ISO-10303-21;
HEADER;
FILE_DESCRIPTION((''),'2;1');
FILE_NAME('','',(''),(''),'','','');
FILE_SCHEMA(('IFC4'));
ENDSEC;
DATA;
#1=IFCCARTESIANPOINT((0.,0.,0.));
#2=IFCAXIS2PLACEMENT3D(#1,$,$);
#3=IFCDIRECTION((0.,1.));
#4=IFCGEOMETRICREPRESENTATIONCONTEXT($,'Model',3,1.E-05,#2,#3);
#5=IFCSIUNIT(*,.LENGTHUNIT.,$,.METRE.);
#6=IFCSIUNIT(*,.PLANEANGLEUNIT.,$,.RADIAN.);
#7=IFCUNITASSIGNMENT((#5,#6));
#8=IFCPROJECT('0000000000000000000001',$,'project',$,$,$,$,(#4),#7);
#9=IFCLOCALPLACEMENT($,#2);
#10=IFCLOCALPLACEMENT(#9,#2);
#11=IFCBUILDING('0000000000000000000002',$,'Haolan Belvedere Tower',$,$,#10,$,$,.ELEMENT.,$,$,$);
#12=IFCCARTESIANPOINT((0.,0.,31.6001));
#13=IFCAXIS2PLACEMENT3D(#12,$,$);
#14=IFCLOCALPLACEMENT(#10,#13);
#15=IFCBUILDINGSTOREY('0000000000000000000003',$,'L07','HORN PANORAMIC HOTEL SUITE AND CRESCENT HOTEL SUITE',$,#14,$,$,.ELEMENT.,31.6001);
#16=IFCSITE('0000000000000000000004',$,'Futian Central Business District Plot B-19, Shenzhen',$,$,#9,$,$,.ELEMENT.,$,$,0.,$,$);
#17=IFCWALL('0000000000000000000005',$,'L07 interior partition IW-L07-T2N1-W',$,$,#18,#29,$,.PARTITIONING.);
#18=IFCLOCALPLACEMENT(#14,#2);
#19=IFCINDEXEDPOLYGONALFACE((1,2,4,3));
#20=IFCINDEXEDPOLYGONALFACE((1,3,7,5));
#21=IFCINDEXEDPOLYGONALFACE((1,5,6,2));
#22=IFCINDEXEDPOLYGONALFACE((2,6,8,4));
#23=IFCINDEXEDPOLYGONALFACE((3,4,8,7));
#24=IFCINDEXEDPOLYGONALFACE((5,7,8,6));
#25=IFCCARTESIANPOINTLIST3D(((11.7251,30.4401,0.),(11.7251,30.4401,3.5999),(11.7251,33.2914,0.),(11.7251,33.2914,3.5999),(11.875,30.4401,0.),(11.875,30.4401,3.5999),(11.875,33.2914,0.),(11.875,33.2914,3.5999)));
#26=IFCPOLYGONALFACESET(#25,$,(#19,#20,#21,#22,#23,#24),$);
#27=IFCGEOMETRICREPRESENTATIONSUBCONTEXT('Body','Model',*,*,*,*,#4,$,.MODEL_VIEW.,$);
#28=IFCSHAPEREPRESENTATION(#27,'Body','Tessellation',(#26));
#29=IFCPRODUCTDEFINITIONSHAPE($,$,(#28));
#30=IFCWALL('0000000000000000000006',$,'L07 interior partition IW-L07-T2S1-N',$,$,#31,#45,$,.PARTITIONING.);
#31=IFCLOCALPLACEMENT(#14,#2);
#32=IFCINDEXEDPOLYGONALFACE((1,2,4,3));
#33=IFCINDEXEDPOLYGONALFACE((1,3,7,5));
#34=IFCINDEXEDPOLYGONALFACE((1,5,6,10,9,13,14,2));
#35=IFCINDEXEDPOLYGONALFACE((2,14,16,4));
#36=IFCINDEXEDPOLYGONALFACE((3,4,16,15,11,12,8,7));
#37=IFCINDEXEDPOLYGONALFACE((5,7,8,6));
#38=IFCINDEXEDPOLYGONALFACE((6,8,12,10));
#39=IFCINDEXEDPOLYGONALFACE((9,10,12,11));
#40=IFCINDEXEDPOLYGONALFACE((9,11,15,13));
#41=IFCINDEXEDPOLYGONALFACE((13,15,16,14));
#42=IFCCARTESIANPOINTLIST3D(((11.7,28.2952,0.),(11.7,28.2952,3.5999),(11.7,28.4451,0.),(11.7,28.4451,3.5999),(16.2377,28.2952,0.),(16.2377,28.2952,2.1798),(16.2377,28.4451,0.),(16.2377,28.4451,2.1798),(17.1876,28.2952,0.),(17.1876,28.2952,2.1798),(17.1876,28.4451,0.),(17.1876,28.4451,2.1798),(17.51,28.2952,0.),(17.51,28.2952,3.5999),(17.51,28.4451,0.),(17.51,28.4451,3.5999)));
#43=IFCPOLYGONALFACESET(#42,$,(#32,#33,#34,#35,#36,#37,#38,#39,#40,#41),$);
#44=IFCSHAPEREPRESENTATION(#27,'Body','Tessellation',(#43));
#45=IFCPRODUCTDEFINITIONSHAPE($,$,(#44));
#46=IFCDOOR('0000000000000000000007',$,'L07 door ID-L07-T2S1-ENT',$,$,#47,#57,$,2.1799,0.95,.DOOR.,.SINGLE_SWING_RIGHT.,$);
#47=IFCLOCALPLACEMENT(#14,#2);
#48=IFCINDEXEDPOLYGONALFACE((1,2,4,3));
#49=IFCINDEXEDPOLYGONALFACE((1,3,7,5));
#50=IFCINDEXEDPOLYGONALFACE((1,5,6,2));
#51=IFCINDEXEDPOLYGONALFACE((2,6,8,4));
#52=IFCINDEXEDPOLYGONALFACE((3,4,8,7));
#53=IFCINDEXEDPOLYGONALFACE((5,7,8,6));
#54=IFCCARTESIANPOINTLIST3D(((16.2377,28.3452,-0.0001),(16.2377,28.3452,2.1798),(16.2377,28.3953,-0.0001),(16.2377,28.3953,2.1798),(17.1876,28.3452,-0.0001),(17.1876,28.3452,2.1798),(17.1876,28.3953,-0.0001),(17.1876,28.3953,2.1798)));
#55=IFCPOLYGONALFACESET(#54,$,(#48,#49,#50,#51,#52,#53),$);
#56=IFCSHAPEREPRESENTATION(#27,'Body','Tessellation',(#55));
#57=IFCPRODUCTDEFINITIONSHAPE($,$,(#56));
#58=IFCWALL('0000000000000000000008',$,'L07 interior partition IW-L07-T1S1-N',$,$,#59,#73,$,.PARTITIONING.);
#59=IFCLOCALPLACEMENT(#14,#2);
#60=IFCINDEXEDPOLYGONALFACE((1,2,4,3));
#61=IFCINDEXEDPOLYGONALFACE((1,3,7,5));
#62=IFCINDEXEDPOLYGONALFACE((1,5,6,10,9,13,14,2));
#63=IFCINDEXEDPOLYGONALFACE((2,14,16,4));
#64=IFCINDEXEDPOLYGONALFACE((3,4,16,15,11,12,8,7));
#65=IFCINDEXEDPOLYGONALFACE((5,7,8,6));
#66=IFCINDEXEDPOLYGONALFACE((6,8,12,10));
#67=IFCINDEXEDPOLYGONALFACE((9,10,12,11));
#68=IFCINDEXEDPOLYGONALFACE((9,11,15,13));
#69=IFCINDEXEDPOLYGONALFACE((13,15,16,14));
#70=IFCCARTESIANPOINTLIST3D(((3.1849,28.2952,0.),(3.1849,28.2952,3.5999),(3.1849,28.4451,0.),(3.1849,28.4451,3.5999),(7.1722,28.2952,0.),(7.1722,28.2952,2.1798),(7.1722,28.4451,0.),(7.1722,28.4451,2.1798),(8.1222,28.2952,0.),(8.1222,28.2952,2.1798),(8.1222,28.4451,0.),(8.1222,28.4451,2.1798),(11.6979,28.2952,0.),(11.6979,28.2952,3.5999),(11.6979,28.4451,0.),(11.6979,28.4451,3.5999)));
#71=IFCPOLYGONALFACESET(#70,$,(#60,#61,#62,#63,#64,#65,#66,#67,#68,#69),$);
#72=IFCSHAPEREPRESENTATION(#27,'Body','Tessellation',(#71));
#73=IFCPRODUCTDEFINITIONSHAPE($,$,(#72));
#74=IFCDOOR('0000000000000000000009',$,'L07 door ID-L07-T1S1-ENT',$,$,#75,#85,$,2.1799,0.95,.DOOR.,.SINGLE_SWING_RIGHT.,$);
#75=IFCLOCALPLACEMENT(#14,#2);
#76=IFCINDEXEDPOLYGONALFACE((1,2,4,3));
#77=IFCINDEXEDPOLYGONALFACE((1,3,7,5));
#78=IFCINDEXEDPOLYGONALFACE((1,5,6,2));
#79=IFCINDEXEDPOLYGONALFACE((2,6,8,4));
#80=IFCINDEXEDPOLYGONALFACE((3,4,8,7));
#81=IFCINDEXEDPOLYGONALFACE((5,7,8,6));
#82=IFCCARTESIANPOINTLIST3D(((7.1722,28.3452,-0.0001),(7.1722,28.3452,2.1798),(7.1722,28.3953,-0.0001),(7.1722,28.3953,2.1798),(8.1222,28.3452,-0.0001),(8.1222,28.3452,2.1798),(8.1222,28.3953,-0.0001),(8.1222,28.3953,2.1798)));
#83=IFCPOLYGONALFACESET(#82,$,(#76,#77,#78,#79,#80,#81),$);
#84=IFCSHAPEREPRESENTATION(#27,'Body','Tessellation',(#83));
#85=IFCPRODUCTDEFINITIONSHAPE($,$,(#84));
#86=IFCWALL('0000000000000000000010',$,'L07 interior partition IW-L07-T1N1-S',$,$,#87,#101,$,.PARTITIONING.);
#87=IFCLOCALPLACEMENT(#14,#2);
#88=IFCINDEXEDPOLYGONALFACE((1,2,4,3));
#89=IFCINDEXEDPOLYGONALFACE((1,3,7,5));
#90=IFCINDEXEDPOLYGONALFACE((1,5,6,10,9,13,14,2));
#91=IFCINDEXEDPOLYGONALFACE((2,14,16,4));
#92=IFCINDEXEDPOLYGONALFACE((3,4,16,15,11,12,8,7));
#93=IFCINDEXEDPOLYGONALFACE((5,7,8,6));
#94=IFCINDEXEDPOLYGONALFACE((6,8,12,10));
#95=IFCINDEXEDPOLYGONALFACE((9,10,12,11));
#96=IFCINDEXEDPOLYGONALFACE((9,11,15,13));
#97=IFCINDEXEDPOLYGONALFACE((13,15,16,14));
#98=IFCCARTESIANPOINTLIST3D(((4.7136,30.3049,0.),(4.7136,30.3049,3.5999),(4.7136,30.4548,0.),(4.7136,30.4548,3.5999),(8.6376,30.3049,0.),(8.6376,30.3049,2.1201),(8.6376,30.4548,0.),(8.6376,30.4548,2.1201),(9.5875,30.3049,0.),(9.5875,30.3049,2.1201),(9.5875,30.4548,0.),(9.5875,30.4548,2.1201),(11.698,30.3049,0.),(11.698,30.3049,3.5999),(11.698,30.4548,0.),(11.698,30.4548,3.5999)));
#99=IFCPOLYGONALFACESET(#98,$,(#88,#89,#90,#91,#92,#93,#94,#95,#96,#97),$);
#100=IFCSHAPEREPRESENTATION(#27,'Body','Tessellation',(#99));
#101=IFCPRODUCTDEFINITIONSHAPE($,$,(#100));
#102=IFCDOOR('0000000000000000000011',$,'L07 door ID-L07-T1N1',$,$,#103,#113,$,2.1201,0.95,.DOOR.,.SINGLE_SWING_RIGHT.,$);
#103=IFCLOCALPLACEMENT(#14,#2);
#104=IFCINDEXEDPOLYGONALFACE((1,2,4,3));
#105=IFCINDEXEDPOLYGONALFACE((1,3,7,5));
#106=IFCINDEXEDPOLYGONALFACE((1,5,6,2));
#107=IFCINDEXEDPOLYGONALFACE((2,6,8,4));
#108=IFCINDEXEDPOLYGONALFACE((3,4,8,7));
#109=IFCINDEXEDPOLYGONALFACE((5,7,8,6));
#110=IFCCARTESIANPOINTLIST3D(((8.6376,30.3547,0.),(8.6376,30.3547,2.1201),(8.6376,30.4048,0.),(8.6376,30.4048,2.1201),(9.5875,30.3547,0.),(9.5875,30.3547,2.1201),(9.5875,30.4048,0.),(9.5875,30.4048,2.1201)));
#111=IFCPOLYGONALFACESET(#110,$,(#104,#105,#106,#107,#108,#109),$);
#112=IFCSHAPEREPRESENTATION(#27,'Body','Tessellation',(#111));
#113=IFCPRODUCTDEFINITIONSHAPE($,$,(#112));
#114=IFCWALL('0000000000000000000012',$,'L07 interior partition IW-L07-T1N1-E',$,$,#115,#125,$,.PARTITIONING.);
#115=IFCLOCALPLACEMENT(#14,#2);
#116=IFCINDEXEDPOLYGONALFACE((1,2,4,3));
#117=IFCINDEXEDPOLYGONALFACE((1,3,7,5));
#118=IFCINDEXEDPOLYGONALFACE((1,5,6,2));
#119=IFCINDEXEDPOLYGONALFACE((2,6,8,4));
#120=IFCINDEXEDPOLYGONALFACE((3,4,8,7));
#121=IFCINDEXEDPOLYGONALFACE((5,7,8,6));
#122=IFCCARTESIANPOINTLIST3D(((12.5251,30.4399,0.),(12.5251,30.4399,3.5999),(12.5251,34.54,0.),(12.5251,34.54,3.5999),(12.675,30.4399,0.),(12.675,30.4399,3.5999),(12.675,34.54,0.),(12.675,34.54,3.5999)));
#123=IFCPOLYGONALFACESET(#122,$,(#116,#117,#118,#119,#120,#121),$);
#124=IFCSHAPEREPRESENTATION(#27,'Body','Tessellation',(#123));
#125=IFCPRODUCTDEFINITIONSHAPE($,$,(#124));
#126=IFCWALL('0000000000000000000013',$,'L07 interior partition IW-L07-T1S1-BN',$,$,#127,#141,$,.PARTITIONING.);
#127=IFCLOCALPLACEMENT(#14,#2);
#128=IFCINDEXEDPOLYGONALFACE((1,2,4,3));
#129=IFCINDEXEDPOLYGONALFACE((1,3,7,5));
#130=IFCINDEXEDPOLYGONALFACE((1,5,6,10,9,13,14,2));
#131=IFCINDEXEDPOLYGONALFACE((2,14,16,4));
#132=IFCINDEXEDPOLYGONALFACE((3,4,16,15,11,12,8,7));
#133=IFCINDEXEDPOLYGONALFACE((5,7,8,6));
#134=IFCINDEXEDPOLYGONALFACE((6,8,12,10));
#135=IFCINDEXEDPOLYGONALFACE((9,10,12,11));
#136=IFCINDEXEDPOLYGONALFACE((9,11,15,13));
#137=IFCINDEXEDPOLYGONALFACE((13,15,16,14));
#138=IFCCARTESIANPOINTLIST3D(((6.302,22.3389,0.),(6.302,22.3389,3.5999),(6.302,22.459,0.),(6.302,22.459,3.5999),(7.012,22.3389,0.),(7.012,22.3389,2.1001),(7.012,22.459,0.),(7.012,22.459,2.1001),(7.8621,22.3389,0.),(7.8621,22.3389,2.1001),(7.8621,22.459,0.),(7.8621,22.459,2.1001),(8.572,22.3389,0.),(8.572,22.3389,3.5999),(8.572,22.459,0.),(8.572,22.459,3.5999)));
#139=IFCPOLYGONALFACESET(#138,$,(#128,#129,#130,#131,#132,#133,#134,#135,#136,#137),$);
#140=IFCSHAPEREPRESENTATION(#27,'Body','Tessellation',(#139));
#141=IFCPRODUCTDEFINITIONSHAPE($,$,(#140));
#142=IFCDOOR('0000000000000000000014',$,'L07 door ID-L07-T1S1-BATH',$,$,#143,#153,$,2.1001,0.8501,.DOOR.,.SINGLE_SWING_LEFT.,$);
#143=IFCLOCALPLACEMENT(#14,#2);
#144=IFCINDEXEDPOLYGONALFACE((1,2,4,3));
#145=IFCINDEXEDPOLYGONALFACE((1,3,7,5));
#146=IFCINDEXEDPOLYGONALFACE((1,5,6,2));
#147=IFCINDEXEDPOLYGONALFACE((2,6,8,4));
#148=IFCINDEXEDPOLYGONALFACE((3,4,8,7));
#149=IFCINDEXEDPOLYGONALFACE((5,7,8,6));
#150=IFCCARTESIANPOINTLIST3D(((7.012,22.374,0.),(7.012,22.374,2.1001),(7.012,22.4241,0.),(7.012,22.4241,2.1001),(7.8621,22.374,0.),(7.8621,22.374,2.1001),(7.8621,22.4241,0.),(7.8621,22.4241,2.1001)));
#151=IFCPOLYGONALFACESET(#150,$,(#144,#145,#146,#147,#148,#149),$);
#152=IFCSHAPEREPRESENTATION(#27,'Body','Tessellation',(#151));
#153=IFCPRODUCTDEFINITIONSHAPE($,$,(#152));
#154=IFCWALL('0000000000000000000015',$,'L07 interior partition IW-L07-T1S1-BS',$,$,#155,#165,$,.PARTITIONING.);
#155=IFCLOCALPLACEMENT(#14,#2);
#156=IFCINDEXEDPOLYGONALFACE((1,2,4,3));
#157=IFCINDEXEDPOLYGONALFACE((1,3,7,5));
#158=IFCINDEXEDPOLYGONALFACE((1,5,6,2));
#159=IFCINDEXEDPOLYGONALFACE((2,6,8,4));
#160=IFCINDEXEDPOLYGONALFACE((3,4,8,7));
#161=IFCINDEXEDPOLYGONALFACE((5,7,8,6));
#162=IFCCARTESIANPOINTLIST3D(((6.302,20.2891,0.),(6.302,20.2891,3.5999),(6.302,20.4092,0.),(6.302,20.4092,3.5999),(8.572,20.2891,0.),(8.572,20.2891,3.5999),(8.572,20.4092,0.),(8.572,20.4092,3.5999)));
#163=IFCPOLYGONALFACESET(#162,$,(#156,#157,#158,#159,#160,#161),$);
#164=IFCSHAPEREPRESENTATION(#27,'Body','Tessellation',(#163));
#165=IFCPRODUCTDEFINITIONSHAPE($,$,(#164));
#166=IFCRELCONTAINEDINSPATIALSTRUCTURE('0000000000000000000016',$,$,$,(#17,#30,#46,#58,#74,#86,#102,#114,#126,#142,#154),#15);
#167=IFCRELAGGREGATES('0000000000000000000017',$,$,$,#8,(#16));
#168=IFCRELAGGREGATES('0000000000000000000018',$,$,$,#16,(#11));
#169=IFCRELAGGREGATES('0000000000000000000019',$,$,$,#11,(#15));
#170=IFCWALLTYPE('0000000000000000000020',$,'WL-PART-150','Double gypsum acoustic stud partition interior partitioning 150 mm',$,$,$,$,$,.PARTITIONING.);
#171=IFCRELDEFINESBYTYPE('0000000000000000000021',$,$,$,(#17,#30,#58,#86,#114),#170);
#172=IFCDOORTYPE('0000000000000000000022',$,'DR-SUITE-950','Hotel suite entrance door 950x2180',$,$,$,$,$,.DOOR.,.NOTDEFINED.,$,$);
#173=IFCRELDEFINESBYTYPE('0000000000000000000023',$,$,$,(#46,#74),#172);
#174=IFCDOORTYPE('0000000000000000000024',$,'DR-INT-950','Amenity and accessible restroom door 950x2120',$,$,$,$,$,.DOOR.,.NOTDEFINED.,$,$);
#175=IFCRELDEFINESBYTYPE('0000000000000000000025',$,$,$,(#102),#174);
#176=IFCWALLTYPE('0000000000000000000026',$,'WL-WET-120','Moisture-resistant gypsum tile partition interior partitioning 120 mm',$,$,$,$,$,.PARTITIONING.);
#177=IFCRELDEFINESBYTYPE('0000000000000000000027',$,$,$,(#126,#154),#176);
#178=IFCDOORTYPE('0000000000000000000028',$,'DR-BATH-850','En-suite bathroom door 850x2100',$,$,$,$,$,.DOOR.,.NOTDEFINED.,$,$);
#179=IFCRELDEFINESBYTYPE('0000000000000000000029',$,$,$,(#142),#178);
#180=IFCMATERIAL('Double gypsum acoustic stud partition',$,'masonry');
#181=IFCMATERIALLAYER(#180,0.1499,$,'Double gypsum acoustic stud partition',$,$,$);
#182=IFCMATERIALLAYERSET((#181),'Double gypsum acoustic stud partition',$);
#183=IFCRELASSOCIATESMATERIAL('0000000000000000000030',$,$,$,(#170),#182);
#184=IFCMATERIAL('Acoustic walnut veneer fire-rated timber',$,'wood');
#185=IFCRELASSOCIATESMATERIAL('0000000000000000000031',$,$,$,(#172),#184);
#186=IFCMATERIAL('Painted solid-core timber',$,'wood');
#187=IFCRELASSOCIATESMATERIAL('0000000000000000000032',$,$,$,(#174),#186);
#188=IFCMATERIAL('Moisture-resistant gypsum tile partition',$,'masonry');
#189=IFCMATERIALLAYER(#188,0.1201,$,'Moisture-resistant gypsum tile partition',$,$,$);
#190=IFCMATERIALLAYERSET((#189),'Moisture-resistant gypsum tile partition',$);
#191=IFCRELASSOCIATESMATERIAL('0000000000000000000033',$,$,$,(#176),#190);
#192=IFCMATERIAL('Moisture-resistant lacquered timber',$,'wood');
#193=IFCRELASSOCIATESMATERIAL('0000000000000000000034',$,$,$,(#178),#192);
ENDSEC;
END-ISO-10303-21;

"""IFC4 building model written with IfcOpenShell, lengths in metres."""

from ifc_helpers import new_model, si_unit, direction, frame, frame_2d, origin, place, context, subcontext, project, spatial, rectangle, extrude, material, layer, layer_set, type_object, element, fill, save


model = new_model("IFC4")

# Units and contexts
model_context = context("Model", 3, precision=1e-05, world=origin(), true_north=direction((0.0, 1.0)))
body_context = subcontext(model_context, "Body", "Model", "MODEL_VIEW")
ifc_project = project(units=[si_unit("LENGTHUNIT", "METRE"), si_unit("PLANEANGLEUNIT", "RADIAN")], contexts=[model_context])

# Site, building, storey
site_placement = place(None, origin())
site = spatial("IfcSite", under=ifc_project, at=site_placement, Name="Futian Central Business District Plot B-19, Shenzhen", CompositionType="ELEMENT", RefElevation=0.0)
building_placement = place(site_placement, origin())
building = spatial("IfcBuilding", under=site, at=building_placement, Name="Haolan Belvedere Tower", CompositionType="ELEMENT")
storey_placement = place(building_placement, frame((0.0, 0.0, 31.6001)))
storey = spatial("IfcBuildingStorey", under=building, at=storey_placement, Name="L07", Description="HORN PANORAMIC HOTEL SUITE AND CRESCENT HOTEL SUITE", CompositionType="ELEMENT", Elevation=31.6001)

# Shared definitions
ifc_material_1 = material(Name="Double gypsum acoustic stud partition", Category="masonry")
ifc_layer_1 = layer(ifc_material_1, 0.1499, Name="Double gypsum acoustic stud partition")
ifc_layer_set_1 = layer_set([ifc_layer_1], Name="Double gypsum acoustic stud partition")
wall_type_1 = type_object("IfcWallType", Name="WL-PART-150", Description="Double gypsum acoustic stud partition interior partitioning 150 mm", PredefinedType="PARTITIONING", material=ifc_layer_set_1)
ifc_material_2 = material(Name="Acoustic walnut veneer fire-rated timber", Category="wood")
door_type_1 = type_object("IfcDoorType", Name="DR-SUITE-950", Description="Hotel suite entrance door 950x2180", OperationType="NOTDEFINED", PredefinedType="DOOR", material=ifc_material_2)

# Wall
wall_1_placement = place(storey_placement, frame((11.8, 30.4399, 0.0), z_axis=(0.0, 0.0, 1.0), x_axis=(0.0, 1.0, 0.0)))
element("IfcWall", 1, at=wall_1_placement, inside=storey, type_object=wall_type_1, Name="L07 interior partition IW-L07-T2N1-W", PredefinedType="PARTITIONING", context=body_context, shape_type="SweptSolid", body=[
    extrude(rectangle(XDim=2.8513, YDim=0.1499, at=frame_2d((1.4258, 0.0))), origin(), (0.0, 0.0, 1.0), 3.5999),
])

# Walls, openings, doors
wall_2_placement = place(storey_placement, frame((11.7, 28.3701, 0.0), z_axis=(0.0, 0.0, 1.0), x_axis=(1.0, 0.0, 0.0)))
wall_2 = element("IfcWall", 2, at=wall_2_placement, inside=storey, type_object=wall_type_1, Name="L07 interior partition IW-L07-T2S1-N", PredefinedType="PARTITIONING", context=body_context, shape_type="SweptSolid", body=[
    extrude(rectangle(XDim=5.8101, YDim=0.1499, at=frame_2d((2.905, 0.0))), origin(), (0.0, 0.0, 1.0), 3.5999),
])
opening_1_placement = place(wall_2_placement, frame((5.4878, 0.0, 0.0), z_axis=(0.0, 0.0, 1.0), x_axis=(-1.0, 0.0, 0.0)))
opening_1 = element("IfcOpeningElement", 3, at=opening_1_placement, cuts=wall_2, PredefinedType="OPENING", context=body_context, shape_type="SweptSolid", body=[
    extrude(rectangle(XDim=0.95, YDim=2.1799, at=frame_2d((0.4751, 1.0898))), frame((0.0, 0.085, 0.0), z_axis=(0.0, -1.0, 0.0), x_axis=(1.0, 0.0, 0.0)), (0.0, 0.0, 1.0), 0.1699),
])
door_1_placement = place(opening_1_placement, origin())
door_1 = element("IfcDoor", 4, at=door_1_placement, inside=storey, type_object=door_type_1, Name="L07 door ID-L07-T2S1-ENT", OperationType="SINGLE_SWING_RIGHT", OverallHeight=2.1799, OverallWidth=0.95, PredefinedType="DOOR", context=body_context, shape_type="SweptSolid", body=[
    extrude(rectangle(XDim=0.95, YDim=2.1799, at=frame_2d((0.4751, 1.0898))), frame((0.0, 0.0249, 0.0), z_axis=(0.0, -1.0, 0.0), x_axis=(1.0, 0.0, 0.0)), (0.0, 0.0, 1.0), 0.05),
])
fill(opening_1, door_1)
wall_3_placement = place(storey_placement, frame((3.1851, 28.3701, 0.0), z_axis=(0.0, 0.0, 1.0), x_axis=(1.0, 0.0, 0.0)))
wall_3 = element("IfcWall", 5, at=wall_3_placement, inside=storey, type_object=wall_type_1, Name="L07 interior partition IW-L07-T1S1-N", PredefinedType="PARTITIONING", context=body_context, shape_type="SweptSolid", body=[
    extrude(rectangle(XDim=8.5129, YDim=0.1499, at=frame_2d((4.2563, 0.0))), origin(), (0.0, 0.0, 1.0), 3.5999),
])
opening_2_placement = place(wall_3_placement, frame((4.9373, 0.0, 0.0), z_axis=(0.0, 0.0, 1.0), x_axis=(-1.0, 0.0, 0.0)))
opening_2 = element("IfcOpeningElement", 6, at=opening_2_placement, cuts=wall_3, PredefinedType="OPENING", context=body_context, shape_type="SweptSolid", body=[
    extrude(rectangle(XDim=0.95, YDim=2.1799, at=frame_2d((0.4751, 1.0898))), frame((0.0, 0.085, 0.0), z_axis=(0.0, -1.0, 0.0), x_axis=(1.0, 0.0, 0.0)), (0.0, 0.0, 1.0), 0.1699),
])
door_2_placement = place(opening_2_placement, origin())
door_2 = element("IfcDoor", 7, at=door_2_placement, inside=storey, type_object=door_type_1, Name="L07 door ID-L07-T1S1-ENT", OperationType="SINGLE_SWING_RIGHT", OverallHeight=2.1799, OverallWidth=0.95, PredefinedType="DOOR", context=body_context, shape_type="SweptSolid", body=[
    extrude(rectangle(XDim=0.95, YDim=2.1799, at=frame_2d((0.4751, 1.0898))), frame((0.0, 0.0249, 0.0), z_axis=(0.0, -1.0, 0.0), x_axis=(1.0, 0.0, 0.0)), (0.0, 0.0, 1.0), 0.05),
])
fill(opening_2, door_2)
wall_4_placement = place(storey_placement, frame((4.7136, 30.3799, 0.0), z_axis=(0.0, 0.0, 1.0), x_axis=(1.0, 0.0, 0.0)))
wall_4 = element("IfcWall", 8, at=wall_4_placement, inside=storey, type_object=wall_type_1, Name="L07 interior partition IW-L07-T1N1-S", PredefinedType="PARTITIONING", context=body_context, shape_type="SweptSolid", body=[
    extrude(rectangle(XDim=6.9844, YDim=0.1499, at=frame_2d((3.4922, 0.0))), origin(), (0.0, 0.0, 1.0), 3.5999),
])
opening_3_placement = place(wall_4_placement, frame((3.9238, 0.0, 0.0)))
opening_3 = element("IfcOpeningElement", 9, at=opening_3_placement, cuts=wall_4, PredefinedType="OPENING", context=body_context, shape_type="SweptSolid", body=[
    extrude(rectangle(XDim=0.95, YDim=2.1201, at=frame_2d((0.4751, 1.0601))), frame((0.0, 0.085, 0.0), z_axis=(0.0, -1.0, 0.0), x_axis=(1.0, 0.0, 0.0)), (0.0, 0.0, 1.0), 0.1699),
])
ifc_material_3 = material(Name="Painted solid-core timber", Category="wood")
door_type_2 = type_object("IfcDoorType", Name="DR-INT-950", Description="Amenity and accessible restroom door 950x2120", OperationType="NOTDEFINED", PredefinedType="DOOR", material=ifc_material_3)
door_3_placement = place(opening_3_placement, origin())
door_3 = element("IfcDoor", 10, at=door_3_placement, inside=storey, type_object=door_type_2, Name="L07 door ID-L07-T1N1", OperationType="SINGLE_SWING_RIGHT", OverallHeight=2.1201, OverallWidth=0.95, PredefinedType="DOOR", context=body_context, shape_type="SweptSolid", body=[
    extrude(rectangle(XDim=0.95, YDim=2.1201, at=frame_2d((0.4751, 1.0601))), frame((0.0, 0.0249, 0.0), z_axis=(0.0, -1.0, 0.0), x_axis=(1.0, 0.0, 0.0)), (0.0, 0.0, 1.0), 0.05),
])
fill(opening_3, door_3)

# Wall
wall_5_placement = place(storey_placement, frame((12.6001, 30.4399, 0.0), z_axis=(0.0, 0.0, 1.0), x_axis=(0.0, 1.0, 0.0)))
element("IfcWall", 11, at=wall_5_placement, inside=storey, type_object=wall_type_1, Name="L07 interior partition IW-L07-T1N1-E", PredefinedType="PARTITIONING", context=body_context, shape_type="SweptSolid", body=[
    extrude(rectangle(XDim=4.1001, YDim=0.1499, at=frame_2d((2.05, 0.0))), origin(), (0.0, 0.0, 1.0), 3.5999),
])

# Wall, opening, door
ifc_material_4 = material(Name="Moisture-resistant gypsum tile partition", Category="masonry")
ifc_layer_2 = layer(ifc_material_4, 0.1201, Name="Moisture-resistant gypsum tile partition")
ifc_layer_set_2 = layer_set([ifc_layer_2], Name="Moisture-resistant gypsum tile partition")
wall_type_2 = type_object("IfcWallType", Name="WL-WET-120", Description="Moisture-resistant gypsum tile partition interior partitioning 120 mm", PredefinedType="PARTITIONING", material=ifc_layer_set_2)
wall_6_placement = place(storey_placement, frame((6.302, 22.3989, 0.0), z_axis=(0.0, 0.0, 1.0), x_axis=(1.0, 0.0, 0.0)))
wall_6 = element("IfcWall", 12, at=wall_6_placement, inside=storey, type_object=wall_type_2, Name="L07 interior partition IW-L07-T1S1-BN", PredefinedType="PARTITIONING", context=body_context, shape_type="SweptSolid", body=[
    extrude(rectangle(XDim=2.27, YDim=0.1201, at=frame_2d((1.135, 0.0))), origin(), (0.0, 0.0, 1.0), 3.5999),
])
opening_4_placement = place(wall_6_placement, frame((1.5601, 0.0, 0.0), z_axis=(0.0, 0.0, 1.0), x_axis=(-1.0, 0.0, 0.0)))
opening_4 = element("IfcOpeningElement", 13, at=opening_4_placement, cuts=wall_6, PredefinedType="OPENING", context=body_context, shape_type="SweptSolid", body=[
    extrude(rectangle(XDim=0.8501, YDim=2.1001, at=frame_2d((0.425, 1.05))), frame((0.0, 0.0701, 0.0), z_axis=(0.0, -1.0, 0.0), x_axis=(1.0, 0.0, 0.0)), (0.0, 0.0, 1.0), 0.1401),
])
ifc_material_5 = material(Name="Moisture-resistant lacquered timber", Category="wood")
door_type_3 = type_object("IfcDoorType", Name="DR-BATH-850", Description="En-suite bathroom door 850x2100", OperationType="NOTDEFINED", PredefinedType="DOOR", material=ifc_material_5)
door_4_placement = place(opening_4_placement, origin())
door_4 = element("IfcDoor", 14, at=door_4_placement, inside=storey, type_object=door_type_3, Name="L07 door ID-L07-T1S1-BATH", OperationType="SINGLE_SWING_LEFT", OverallHeight=2.1001, OverallWidth=0.8501, PredefinedType="DOOR", context=body_context, shape_type="SweptSolid", body=[
    extrude(rectangle(XDim=0.8501, YDim=2.1001, at=frame_2d((0.425, 1.05))), frame((0.0, 0.0249, 0.0), z_axis=(0.0, -1.0, 0.0), x_axis=(1.0, 0.0, 0.0)), (0.0, 0.0, 1.0), 0.05),
])
fill(opening_4, door_4)

# Wall
wall_7_placement = place(storey_placement, frame((6.302, 20.3491, 0.0), z_axis=(0.0, 0.0, 1.0), x_axis=(1.0, 0.0, 0.0)))
element("IfcWall", 15, at=wall_7_placement, inside=storey, type_object=wall_type_2, Name="L07 interior partition IW-L07-T1S1-BS", PredefinedType="PARTITIONING", context=body_context, shape_type="SweptSolid", body=[
    extrude(rectangle(XDim=2.27, YDim=0.1201, at=frame_2d((1.135, 0.0))), origin(), (0.0, 0.0, 1.0), 3.5999),
])

save(model, "model.ifc")
